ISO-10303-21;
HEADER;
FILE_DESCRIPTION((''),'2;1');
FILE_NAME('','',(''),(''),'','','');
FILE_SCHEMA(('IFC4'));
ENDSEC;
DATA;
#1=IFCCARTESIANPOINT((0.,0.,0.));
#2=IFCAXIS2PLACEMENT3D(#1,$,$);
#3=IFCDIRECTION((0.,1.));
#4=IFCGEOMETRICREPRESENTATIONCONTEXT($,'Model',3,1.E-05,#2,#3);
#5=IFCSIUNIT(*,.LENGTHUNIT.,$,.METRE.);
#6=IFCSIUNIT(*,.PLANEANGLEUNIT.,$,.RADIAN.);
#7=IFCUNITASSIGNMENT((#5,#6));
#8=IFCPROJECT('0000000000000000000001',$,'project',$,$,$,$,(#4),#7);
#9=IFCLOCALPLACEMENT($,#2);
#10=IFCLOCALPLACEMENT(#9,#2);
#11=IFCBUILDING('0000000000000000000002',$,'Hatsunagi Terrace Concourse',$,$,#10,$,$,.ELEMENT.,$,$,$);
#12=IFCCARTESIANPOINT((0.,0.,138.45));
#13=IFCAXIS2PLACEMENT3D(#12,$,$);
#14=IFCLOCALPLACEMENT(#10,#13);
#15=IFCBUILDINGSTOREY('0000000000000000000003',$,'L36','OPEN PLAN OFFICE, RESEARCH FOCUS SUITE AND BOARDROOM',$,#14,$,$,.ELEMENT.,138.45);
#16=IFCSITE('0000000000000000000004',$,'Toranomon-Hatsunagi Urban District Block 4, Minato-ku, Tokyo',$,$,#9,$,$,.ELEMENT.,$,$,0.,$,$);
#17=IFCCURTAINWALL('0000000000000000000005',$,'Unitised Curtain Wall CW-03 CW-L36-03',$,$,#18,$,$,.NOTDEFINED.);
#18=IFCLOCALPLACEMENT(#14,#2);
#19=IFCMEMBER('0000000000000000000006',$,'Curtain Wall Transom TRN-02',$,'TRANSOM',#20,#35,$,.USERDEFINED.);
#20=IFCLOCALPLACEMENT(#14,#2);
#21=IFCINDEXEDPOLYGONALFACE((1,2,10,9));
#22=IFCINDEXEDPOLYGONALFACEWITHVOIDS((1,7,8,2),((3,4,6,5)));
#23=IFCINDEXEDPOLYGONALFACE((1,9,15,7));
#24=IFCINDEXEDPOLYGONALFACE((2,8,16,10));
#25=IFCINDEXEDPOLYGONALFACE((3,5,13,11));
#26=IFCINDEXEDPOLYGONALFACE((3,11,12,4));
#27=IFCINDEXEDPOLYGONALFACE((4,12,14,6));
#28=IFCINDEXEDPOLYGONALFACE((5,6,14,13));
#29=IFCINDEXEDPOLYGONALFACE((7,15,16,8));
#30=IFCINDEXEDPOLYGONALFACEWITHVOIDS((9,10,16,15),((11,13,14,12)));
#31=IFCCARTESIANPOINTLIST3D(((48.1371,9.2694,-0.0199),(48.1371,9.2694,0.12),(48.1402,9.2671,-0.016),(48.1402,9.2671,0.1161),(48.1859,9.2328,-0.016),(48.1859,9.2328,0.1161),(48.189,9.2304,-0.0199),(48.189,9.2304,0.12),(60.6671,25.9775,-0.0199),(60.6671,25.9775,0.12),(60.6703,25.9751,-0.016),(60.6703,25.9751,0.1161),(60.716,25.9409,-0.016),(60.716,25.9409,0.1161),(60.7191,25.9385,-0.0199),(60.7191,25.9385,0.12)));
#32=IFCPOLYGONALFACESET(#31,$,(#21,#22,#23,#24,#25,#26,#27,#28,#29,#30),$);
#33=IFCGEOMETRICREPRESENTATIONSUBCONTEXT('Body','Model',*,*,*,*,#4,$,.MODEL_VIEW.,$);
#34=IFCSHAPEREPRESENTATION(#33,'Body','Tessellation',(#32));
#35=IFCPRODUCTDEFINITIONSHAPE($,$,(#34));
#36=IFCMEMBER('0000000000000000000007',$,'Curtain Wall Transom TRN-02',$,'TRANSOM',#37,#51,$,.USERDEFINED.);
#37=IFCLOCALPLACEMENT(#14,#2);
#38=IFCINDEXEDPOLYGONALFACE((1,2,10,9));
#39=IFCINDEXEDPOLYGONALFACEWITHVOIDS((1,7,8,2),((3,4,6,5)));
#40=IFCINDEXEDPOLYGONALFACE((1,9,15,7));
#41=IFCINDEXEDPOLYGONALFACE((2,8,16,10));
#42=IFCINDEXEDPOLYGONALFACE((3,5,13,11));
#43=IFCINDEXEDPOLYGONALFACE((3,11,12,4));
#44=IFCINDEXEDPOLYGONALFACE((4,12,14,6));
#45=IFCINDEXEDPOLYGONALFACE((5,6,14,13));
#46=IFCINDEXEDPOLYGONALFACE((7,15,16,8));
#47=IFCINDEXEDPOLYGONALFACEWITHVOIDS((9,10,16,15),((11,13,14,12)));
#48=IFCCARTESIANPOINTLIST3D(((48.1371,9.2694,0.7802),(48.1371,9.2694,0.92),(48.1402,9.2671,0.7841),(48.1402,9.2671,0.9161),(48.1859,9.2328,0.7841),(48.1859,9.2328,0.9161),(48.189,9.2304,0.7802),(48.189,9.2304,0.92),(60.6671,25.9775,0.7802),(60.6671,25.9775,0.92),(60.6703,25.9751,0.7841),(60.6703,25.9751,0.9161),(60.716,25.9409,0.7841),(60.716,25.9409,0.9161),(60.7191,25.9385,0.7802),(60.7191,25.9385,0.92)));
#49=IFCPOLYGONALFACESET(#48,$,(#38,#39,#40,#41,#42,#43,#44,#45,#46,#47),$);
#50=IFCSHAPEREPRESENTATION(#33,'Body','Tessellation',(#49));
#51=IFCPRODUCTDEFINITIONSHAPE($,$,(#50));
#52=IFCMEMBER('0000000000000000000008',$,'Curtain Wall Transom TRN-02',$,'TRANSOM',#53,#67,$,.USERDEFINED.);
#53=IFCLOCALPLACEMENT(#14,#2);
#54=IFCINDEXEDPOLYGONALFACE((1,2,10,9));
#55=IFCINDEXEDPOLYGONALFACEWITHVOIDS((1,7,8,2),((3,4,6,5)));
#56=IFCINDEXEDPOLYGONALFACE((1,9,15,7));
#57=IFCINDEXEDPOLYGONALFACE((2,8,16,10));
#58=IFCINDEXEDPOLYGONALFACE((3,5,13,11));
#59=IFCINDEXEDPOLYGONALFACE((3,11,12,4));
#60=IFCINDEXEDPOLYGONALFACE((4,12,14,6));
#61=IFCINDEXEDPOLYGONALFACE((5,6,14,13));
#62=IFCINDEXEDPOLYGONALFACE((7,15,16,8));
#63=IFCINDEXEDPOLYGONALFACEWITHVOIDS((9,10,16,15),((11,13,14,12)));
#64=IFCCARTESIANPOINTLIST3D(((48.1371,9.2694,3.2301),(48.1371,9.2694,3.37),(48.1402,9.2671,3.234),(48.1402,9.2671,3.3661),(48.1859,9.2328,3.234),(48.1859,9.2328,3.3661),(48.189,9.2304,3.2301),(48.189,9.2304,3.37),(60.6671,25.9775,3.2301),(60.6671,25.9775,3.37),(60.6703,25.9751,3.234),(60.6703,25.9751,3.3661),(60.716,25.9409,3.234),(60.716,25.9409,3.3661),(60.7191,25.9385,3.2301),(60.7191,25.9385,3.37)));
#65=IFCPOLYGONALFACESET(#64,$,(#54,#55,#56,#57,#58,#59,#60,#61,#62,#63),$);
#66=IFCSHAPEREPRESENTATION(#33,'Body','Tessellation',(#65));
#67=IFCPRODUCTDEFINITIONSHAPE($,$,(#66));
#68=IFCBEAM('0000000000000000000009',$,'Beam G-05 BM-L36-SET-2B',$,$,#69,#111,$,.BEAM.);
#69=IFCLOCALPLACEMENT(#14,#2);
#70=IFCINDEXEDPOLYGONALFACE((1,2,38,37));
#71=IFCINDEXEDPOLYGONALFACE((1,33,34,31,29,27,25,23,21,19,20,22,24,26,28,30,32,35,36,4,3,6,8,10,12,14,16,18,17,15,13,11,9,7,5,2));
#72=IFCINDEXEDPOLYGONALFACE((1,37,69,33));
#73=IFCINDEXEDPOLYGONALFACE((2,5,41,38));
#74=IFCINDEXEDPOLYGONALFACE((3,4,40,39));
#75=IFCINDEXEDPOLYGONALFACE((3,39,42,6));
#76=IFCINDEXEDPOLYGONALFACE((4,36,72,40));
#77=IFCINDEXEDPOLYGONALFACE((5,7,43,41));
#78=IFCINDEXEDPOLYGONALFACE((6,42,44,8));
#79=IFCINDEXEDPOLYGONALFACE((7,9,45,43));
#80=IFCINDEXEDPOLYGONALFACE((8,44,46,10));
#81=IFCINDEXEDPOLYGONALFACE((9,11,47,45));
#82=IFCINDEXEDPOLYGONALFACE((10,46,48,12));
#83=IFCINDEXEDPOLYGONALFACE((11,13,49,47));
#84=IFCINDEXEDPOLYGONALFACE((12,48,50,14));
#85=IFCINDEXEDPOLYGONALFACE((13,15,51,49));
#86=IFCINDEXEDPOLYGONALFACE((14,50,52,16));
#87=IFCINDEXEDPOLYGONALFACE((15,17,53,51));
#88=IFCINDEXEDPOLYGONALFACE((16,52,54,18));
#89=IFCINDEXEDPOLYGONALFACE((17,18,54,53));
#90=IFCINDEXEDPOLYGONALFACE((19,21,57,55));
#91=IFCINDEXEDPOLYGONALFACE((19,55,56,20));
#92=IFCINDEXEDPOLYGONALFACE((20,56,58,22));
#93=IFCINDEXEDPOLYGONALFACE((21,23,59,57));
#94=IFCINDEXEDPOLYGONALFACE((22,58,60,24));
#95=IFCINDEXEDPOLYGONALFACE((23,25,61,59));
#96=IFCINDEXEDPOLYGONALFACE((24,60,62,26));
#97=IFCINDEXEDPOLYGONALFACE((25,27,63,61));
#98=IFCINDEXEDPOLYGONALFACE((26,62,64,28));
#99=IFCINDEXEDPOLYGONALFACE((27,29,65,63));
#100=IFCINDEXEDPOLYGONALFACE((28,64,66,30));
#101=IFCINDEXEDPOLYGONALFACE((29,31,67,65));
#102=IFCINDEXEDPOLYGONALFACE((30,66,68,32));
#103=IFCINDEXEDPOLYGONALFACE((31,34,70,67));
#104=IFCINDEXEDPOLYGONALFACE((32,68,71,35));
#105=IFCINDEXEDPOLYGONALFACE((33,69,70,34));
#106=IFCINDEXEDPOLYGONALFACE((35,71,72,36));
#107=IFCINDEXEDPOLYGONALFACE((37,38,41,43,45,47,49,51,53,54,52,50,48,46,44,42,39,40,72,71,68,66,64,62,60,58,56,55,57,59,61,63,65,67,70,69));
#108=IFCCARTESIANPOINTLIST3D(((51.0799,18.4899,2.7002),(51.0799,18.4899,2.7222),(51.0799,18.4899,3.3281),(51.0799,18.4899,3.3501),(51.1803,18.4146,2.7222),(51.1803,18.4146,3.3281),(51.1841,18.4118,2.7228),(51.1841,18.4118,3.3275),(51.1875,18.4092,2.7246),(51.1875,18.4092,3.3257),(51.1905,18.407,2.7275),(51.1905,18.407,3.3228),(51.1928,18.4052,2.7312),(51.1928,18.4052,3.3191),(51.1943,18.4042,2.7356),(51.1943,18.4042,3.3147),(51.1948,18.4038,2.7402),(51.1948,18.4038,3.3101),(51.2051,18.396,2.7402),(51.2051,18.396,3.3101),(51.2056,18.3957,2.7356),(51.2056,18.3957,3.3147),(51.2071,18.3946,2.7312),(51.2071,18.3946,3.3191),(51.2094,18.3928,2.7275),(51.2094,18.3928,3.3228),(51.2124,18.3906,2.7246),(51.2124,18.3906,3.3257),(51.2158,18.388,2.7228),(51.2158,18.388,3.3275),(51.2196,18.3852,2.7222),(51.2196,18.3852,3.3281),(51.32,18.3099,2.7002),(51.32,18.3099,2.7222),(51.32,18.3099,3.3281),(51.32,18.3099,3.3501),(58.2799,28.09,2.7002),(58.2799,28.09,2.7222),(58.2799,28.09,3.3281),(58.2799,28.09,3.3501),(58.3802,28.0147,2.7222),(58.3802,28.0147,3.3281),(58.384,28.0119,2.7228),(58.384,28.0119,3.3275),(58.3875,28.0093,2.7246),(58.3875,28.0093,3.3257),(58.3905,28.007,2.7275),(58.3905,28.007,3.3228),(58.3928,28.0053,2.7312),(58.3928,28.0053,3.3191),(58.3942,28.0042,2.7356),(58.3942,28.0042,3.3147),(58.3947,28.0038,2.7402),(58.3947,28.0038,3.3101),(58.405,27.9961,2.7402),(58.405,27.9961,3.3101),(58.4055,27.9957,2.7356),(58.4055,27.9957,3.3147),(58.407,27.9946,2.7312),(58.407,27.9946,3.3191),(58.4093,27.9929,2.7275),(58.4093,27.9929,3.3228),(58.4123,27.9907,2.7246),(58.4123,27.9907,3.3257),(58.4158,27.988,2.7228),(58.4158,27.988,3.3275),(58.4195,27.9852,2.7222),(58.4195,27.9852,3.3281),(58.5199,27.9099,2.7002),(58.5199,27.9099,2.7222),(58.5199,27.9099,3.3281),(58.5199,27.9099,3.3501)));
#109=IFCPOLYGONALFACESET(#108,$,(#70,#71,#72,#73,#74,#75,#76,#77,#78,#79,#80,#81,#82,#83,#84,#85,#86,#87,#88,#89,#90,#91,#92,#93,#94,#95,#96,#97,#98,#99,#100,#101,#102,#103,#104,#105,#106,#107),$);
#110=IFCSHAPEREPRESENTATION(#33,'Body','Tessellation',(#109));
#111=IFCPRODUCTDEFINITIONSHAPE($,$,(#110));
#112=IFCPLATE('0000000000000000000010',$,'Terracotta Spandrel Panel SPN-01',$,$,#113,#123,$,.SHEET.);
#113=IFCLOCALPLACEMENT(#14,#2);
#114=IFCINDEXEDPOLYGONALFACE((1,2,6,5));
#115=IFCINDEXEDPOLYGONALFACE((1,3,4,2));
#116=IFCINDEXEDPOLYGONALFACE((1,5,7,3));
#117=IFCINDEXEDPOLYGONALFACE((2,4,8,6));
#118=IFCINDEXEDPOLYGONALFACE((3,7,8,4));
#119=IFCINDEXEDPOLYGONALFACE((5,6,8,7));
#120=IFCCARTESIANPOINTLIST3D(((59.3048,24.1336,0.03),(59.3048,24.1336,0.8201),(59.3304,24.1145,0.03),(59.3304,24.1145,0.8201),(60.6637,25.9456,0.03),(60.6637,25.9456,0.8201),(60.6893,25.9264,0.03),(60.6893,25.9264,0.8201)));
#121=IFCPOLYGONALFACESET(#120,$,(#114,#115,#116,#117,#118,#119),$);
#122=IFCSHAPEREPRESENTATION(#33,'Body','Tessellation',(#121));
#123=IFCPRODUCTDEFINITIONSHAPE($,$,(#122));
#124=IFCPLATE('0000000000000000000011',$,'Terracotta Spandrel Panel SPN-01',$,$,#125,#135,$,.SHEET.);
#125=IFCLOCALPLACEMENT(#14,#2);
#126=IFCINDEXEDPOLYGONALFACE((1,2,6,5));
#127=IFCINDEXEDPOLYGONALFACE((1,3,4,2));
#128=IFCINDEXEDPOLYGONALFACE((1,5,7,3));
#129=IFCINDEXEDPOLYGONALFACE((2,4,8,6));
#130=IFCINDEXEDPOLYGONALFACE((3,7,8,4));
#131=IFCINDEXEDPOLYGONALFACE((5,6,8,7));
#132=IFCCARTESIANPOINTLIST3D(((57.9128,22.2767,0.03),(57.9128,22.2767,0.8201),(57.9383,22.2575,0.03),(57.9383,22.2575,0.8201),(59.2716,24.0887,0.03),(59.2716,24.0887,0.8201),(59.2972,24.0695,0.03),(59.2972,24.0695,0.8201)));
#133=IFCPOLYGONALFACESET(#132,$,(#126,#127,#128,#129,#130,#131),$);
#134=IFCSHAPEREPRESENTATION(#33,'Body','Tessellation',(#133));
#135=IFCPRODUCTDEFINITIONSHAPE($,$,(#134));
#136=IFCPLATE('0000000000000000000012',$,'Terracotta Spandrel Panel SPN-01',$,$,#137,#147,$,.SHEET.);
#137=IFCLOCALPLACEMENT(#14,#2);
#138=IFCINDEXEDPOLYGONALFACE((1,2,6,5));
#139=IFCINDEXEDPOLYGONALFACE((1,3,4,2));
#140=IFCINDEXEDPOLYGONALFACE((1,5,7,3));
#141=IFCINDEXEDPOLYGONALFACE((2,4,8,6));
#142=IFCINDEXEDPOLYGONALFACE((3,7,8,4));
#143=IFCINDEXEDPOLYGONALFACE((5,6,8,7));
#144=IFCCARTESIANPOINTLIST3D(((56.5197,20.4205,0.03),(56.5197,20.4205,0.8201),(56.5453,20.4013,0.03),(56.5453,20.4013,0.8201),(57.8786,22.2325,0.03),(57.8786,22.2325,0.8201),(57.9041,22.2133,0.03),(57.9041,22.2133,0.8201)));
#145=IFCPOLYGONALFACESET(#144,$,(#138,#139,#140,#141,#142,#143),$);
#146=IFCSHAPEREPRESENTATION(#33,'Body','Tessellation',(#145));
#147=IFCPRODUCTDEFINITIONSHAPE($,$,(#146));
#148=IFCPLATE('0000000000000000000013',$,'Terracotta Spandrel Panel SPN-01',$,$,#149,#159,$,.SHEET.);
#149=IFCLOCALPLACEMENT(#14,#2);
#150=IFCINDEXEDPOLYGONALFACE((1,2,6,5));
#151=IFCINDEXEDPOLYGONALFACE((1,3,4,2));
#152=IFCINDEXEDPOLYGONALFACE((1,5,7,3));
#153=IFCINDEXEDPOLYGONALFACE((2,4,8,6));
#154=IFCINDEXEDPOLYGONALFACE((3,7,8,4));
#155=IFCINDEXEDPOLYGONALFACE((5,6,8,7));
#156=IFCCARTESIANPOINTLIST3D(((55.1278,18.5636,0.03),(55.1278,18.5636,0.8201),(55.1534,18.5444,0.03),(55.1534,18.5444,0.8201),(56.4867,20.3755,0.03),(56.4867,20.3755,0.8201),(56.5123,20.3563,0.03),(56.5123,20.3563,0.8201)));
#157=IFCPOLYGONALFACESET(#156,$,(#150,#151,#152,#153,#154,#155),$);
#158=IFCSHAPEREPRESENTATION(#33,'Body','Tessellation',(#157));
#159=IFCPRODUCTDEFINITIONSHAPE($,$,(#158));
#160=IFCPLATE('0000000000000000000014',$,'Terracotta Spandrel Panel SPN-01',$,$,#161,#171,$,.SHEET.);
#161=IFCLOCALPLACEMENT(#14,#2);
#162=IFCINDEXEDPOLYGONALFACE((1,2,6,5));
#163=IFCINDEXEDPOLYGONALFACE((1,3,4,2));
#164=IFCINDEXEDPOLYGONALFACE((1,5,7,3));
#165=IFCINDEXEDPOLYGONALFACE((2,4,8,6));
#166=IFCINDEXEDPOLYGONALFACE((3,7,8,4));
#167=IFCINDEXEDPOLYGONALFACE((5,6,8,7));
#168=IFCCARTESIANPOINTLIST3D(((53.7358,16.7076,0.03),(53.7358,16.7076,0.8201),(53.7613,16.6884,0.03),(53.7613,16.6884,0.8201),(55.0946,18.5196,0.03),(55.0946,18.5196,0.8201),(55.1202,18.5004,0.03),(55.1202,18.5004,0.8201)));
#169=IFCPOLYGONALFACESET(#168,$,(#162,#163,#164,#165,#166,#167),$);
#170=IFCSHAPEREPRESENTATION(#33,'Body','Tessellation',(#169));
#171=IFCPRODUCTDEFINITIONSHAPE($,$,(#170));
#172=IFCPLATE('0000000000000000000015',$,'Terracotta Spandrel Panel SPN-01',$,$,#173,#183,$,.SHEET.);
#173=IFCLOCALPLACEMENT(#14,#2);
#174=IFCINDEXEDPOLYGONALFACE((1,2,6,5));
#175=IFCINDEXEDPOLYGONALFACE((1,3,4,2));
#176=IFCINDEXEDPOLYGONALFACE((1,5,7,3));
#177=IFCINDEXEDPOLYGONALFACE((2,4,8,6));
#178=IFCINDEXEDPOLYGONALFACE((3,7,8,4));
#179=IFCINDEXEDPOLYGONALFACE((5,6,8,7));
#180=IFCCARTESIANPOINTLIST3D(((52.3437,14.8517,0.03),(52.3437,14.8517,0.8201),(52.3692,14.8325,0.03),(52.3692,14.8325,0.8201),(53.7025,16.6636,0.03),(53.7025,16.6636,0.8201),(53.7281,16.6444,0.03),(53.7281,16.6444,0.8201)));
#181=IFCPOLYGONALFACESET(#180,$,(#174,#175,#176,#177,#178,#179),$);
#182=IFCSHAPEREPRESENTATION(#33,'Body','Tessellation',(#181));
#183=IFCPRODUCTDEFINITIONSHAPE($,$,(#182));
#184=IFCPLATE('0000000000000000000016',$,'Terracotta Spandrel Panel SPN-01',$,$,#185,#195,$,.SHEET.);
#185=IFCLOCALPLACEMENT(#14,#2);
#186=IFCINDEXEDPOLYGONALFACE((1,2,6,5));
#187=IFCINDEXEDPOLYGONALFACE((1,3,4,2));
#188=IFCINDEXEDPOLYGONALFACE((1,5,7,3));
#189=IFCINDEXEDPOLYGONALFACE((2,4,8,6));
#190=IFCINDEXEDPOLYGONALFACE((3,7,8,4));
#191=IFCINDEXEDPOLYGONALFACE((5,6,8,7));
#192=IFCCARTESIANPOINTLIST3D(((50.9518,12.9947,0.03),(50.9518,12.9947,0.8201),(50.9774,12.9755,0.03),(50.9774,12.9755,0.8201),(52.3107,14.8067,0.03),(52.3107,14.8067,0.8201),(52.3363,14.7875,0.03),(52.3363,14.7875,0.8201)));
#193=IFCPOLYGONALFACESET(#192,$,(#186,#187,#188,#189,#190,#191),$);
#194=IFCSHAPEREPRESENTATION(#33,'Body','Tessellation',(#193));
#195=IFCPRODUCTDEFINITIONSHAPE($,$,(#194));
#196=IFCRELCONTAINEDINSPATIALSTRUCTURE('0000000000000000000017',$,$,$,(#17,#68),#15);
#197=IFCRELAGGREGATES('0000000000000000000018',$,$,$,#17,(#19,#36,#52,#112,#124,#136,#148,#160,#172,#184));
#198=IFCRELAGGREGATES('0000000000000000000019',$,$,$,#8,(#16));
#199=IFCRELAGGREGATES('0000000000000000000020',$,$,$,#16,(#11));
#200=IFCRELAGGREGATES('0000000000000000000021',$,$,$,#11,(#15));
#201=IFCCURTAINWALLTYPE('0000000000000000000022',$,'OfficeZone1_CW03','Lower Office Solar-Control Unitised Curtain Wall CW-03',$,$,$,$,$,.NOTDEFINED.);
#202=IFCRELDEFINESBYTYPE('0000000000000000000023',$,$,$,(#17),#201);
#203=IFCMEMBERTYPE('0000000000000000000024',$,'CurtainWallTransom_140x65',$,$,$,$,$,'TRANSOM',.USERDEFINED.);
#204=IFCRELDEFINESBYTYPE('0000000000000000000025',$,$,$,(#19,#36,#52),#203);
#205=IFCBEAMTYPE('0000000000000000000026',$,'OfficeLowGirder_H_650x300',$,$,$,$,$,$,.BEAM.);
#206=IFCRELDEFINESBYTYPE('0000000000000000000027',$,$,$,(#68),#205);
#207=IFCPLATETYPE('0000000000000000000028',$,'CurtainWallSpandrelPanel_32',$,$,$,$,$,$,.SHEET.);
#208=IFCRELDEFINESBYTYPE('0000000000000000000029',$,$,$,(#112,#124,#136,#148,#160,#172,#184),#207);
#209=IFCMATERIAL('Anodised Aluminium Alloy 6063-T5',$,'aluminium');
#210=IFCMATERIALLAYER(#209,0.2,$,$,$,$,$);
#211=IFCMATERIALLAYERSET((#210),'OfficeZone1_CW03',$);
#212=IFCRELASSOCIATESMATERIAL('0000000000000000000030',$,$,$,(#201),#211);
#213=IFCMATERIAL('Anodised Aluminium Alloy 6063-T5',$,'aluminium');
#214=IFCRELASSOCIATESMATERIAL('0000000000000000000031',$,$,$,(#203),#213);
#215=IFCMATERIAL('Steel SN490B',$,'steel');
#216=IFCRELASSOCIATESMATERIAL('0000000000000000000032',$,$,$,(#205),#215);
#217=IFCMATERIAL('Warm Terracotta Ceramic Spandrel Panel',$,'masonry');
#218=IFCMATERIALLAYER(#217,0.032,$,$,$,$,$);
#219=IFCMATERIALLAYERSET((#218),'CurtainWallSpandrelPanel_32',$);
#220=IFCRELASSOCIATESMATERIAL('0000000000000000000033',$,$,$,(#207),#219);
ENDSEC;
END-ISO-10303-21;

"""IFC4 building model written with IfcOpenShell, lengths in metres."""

from ifc_helpers import new_model, si_unit, direction, frame, origin, origin_2d, place, context, subcontext, project, spatial, rectangle, hollow_rectangle, i_section, extrude, material, layer, layer_set, material_profile, profile_set, type_object, element, aggregate, save


model = new_model("IFC4")

# Units and contexts
model_context = context("Model", 3, precision=1e-05, world=origin(), true_north=direction((0.0, 1.0)))
body_context = subcontext(model_context, "Body", "Model", "MODEL_VIEW")
ifc_project = project(units=[si_unit("LENGTHUNIT", "METRE"), si_unit("PLANEANGLEUNIT", "RADIAN")], contexts=[model_context])

# Site, building, storey
site_placement = place(None, origin())
site = spatial("IfcSite", under=ifc_project, at=site_placement, Name="Toranomon-Hatsunagi Urban District Block 4, Minato-ku, Tokyo", CompositionType="ELEMENT", RefElevation=0.0)
building_placement = place(site_placement, origin())
building = spatial("IfcBuilding", under=site, at=building_placement, Name="Hatsunagi Terrace Concourse", CompositionType="ELEMENT")
storey_placement = place(building_placement, frame((0.0, 0.0, 138.45)))
storey = spatial("IfcBuildingStorey", under=building, at=storey_placement, Name="L36", Description="OPEN PLAN OFFICE, RESEARCH FOCUS SUITE AND BOARDROOM", CompositionType="ELEMENT", Elevation=138.45)

# Curtain wall, members
ifc_material_1 = material(Name="Anodised Aluminium Alloy 6063-T5", Category="aluminium")
ifc_layer_1 = layer(ifc_material_1, 0.2)
ifc_layer_set_1 = layer_set([ifc_layer_1], Name="OfficeZone1_CW03")
curtain_wall_type = type_object("IfcCurtainWallType", Name="OfficeZone1_CW03", Description="Lower Office Solar-Control Unitised Curtain Wall CW-03", PredefinedType="NOTDEFINED", material=ifc_layer_set_1)
curtain_wall_placement = place(storey_placement, origin())
curtain_wall = element("IfcCurtainWall", 1, at=curtain_wall_placement, inside=storey, type_object=curtain_wall_type, Name="Unitised Curtain Wall CW-03 CW-L36-03", PredefinedType="NOTDEFINED")
ifc_material_2 = material(Name="Anodised Aluminium Alloy 6063-T5", Category="aluminium")
ifc_material_profile_1 = material_profile(ifc_material_2, hollow_rectangle(XDim=0.0649, YDim=0.1399, WallThickness=0.0039, at=origin_2d()), Name="ALU-TRN-140x65x4")
ifc_profile_set_1 = profile_set([ifc_material_profile_1], Name="Anodised Aluminium Alloy 6063-T5")
member_type_1 = type_object("IfcMemberType", Name="CurtainWallTransom_140x65", ElementType="TRANSOM", PredefinedType="USERDEFINED", material=ifc_profile_set_1)
member_1_placement = place(storey_placement, frame((60.6931, 25.958, 0.05), z_axis=(-0.59997, -0.800022, 0.0), x_axis=(0.800022, -0.59997, 0.0)))
member_1 = element("IfcMember", 2, at=member_1_placement, type_object=member_type_1, Name="Curtain Wall Transom TRN-02", ObjectType="TRANSOM", PredefinedType="USERDEFINED", context=body_context, shape_type="SweptSolid", body=[
    extrude(hollow_rectangle(XDim=0.0649, YDim=0.1399, WallThickness=0.0039, at=origin_2d()), origin(), (0.0, 0.0, 1.0), 20.8845),
])
member_2_placement = place(storey_placement, frame((60.6931, 25.958, 0.8501), z_axis=(-0.59997, -0.800022, 0.0), x_axis=(0.800022, -0.59997, 0.0)))
member_2 = element("IfcMember", 3, at=member_2_placement, type_object=member_type_1, Name="Curtain Wall Transom TRN-02", ObjectType="TRANSOM", PredefinedType="USERDEFINED", context=body_context, shape_type="SweptSolid", body=[
    extrude(hollow_rectangle(XDim=0.0649, YDim=0.1399, WallThickness=0.0039, at=origin_2d()), origin(), (0.0, 0.0, 1.0), 20.8845),
])
member_3_placement = place(storey_placement, frame((60.6931, 25.958, 3.3), z_axis=(-0.59997, -0.800022, 0.0), x_axis=(0.800022, -0.59997, 0.0)))
member_3 = element("IfcMember", 4, at=member_3_placement, type_object=member_type_1, Name="Curtain Wall Transom TRN-02", ObjectType="TRANSOM", PredefinedType="USERDEFINED", context=body_context, shape_type="SweptSolid", body=[
    extrude(hollow_rectangle(XDim=0.0649, YDim=0.1399, WallThickness=0.0039, at=origin_2d()), origin(), (0.0, 0.0, 1.0), 20.8845),
])

# Beam
ifc_material_3 = material(Name="Steel SN490B", Category="steel")
ifc_material_profile_2 = material_profile(ifc_material_3, i_section(OverallWidth=0.3, OverallDepth=0.6499, WebThickness=0.0129, FlangeThickness=0.022, FilletRadius=0.0181, at=origin_2d()), Name="H-650x300x13x22")
ifc_profile_set_2 = profile_set([ifc_material_profile_2], Name="Steel SN490B")
beam_type = type_object("IfcBeamType", Name="OfficeLowGirder_H_650x300", PredefinedType="BEAM", material=ifc_profile_set_2)
beam_placement = place(storey_placement, frame((51.2, 18.3999, 3.0251), z_axis=(0.599993, 0.800005, 0.0), x_axis=(-0.800005, 0.599993, 0.0)))
element("IfcBeam", 5, at=beam_placement, inside=storey, type_object=beam_type, Name="Beam G-05 BM-L36-SET-2B", PredefinedType="BEAM", context=body_context, shape_type="SweptSolid", body=[
    extrude(i_section(OverallWidth=0.3, OverallDepth=0.6499, WebThickness=0.0129, FlangeThickness=0.022, FilletRadius=0.0181, at=origin_2d()), origin(), (0.0, 0.0, 1.0), 12.0),
])

# Plates
ifc_material_4 = material(Name="Warm Terracotta Ceramic Spandrel Panel", Category="masonry")
ifc_layer_2 = layer(ifc_material_4, 0.032)
ifc_layer_set_2 = layer_set([ifc_layer_2], Name="CurtainWallSpandrelPanel_32")
plate_type_1 = type_object("IfcPlateType", Name="CurtainWallSpandrelPanel_32", PredefinedType="SHEET", material=ifc_layer_set_2)
plate_1_placement = place(storey_placement, frame((59.9971, 25.03, 0.03), z_axis=(0.0, 0.0, 1.0), x_axis=(-0.599969, -0.800023, 0.0)))
plate_1 = element("IfcPlate", 6, at=plate_1_placement, type_object=plate_type_1, Name="Terracotta Spandrel Panel SPN-01", PredefinedType="SHEET", context=body_context, shape_type="SweptSolid", body=[
    extrude(rectangle(XDim=2.2649, YDim=0.032, at=origin_2d()), origin(), (0.0, 0.0, 1.0), 0.79),
])
plate_2_placement = place(storey_placement, frame((58.605, 23.1731, 0.03), z_axis=(0.0, 0.0, 1.0), x_axis=(-0.599969, -0.800023, 0.0)))
plate_2 = element("IfcPlate", 7, at=plate_2_placement, type_object=plate_type_1, Name="Terracotta Spandrel Panel SPN-01", PredefinedType="SHEET", context=body_context, shape_type="SweptSolid", body=[
    extrude(rectangle(XDim=2.2649, YDim=0.032, at=origin_2d()), origin(), (0.0, 0.0, 1.0), 0.79),
])
plate_3_placement = place(storey_placement, frame((57.2119, 21.3169, 0.03), z_axis=(0.0, 0.0, 1.0), x_axis=(-0.599969, -0.800023, 0.0)))
plate_3 = element("IfcPlate", 8, at=plate_3_placement, type_object=plate_type_1, Name="Terracotta Spandrel Panel SPN-01", PredefinedType="SHEET", context=body_context, shape_type="SweptSolid", body=[
    extrude(rectangle(XDim=2.2649, YDim=0.032, at=origin_2d()), origin(), (0.0, 0.0, 1.0), 0.79),
])
plate_4_placement = place(storey_placement, frame((55.8201, 19.46, 0.03), z_axis=(0.0, 0.0, 1.0), x_axis=(-0.599969, -0.800023, 0.0)))
plate_4 = element("IfcPlate", 9, at=plate_4_placement, type_object=plate_type_1, Name="Terracotta Spandrel Panel SPN-01", PredefinedType="SHEET", context=body_context, shape_type="SweptSolid", body=[
    extrude(rectangle(XDim=2.2649, YDim=0.032, at=origin_2d()), origin(), (0.0, 0.0, 1.0), 0.79),
])
plate_5_placement = place(storey_placement, frame((54.428, 17.604, 0.03), z_axis=(0.0, 0.0, 1.0), x_axis=(-0.599969, -0.800023, 0.0)))
plate_5 = element("IfcPlate", 10, at=plate_5_placement, type_object=plate_type_1, Name="Terracotta Spandrel Panel SPN-01", PredefinedType="SHEET", context=body_context, shape_type="SweptSolid", body=[
    extrude(rectangle(XDim=2.2649, YDim=0.032, at=origin_2d()), origin(), (0.0, 0.0, 1.0), 0.79),
])
plate_6_placement = place(storey_placement, frame((53.0359, 15.748, 0.03), z_axis=(0.0, 0.0, 1.0), x_axis=(-0.599969, -0.800023, 0.0)))
plate_6 = element("IfcPlate", 11, at=plate_6_placement, type_object=plate_type_1, Name="Terracotta Spandrel Panel SPN-01", PredefinedType="SHEET", context=body_context, shape_type="SweptSolid", body=[
    extrude(rectangle(XDim=2.2649, YDim=0.032, at=origin_2d()), origin(), (0.0, 0.0, 1.0), 0.79),
])
plate_7_placement = place(storey_placement, frame((51.644, 13.8911, 0.03), z_axis=(0.0, 0.0, 1.0), x_axis=(-0.599969, -0.800023, 0.0)))
plate_7 = element("IfcPlate", 12, at=plate_7_placement, type_object=plate_type_1, Name="Terracotta Spandrel Panel SPN-01", PredefinedType="SHEET", context=body_context, shape_type="SweptSolid", body=[
    extrude(rectangle(XDim=2.2649, YDim=0.032, at=origin_2d()), origin(), (0.0, 0.0, 1.0), 0.79),
])
aggregate(curtain_wall, [member_1, member_2, member_3, plate_1, plate_2, plate_3, plate_4, plate_5, plate_6, plate_7])

save(model, "model.ifc")
